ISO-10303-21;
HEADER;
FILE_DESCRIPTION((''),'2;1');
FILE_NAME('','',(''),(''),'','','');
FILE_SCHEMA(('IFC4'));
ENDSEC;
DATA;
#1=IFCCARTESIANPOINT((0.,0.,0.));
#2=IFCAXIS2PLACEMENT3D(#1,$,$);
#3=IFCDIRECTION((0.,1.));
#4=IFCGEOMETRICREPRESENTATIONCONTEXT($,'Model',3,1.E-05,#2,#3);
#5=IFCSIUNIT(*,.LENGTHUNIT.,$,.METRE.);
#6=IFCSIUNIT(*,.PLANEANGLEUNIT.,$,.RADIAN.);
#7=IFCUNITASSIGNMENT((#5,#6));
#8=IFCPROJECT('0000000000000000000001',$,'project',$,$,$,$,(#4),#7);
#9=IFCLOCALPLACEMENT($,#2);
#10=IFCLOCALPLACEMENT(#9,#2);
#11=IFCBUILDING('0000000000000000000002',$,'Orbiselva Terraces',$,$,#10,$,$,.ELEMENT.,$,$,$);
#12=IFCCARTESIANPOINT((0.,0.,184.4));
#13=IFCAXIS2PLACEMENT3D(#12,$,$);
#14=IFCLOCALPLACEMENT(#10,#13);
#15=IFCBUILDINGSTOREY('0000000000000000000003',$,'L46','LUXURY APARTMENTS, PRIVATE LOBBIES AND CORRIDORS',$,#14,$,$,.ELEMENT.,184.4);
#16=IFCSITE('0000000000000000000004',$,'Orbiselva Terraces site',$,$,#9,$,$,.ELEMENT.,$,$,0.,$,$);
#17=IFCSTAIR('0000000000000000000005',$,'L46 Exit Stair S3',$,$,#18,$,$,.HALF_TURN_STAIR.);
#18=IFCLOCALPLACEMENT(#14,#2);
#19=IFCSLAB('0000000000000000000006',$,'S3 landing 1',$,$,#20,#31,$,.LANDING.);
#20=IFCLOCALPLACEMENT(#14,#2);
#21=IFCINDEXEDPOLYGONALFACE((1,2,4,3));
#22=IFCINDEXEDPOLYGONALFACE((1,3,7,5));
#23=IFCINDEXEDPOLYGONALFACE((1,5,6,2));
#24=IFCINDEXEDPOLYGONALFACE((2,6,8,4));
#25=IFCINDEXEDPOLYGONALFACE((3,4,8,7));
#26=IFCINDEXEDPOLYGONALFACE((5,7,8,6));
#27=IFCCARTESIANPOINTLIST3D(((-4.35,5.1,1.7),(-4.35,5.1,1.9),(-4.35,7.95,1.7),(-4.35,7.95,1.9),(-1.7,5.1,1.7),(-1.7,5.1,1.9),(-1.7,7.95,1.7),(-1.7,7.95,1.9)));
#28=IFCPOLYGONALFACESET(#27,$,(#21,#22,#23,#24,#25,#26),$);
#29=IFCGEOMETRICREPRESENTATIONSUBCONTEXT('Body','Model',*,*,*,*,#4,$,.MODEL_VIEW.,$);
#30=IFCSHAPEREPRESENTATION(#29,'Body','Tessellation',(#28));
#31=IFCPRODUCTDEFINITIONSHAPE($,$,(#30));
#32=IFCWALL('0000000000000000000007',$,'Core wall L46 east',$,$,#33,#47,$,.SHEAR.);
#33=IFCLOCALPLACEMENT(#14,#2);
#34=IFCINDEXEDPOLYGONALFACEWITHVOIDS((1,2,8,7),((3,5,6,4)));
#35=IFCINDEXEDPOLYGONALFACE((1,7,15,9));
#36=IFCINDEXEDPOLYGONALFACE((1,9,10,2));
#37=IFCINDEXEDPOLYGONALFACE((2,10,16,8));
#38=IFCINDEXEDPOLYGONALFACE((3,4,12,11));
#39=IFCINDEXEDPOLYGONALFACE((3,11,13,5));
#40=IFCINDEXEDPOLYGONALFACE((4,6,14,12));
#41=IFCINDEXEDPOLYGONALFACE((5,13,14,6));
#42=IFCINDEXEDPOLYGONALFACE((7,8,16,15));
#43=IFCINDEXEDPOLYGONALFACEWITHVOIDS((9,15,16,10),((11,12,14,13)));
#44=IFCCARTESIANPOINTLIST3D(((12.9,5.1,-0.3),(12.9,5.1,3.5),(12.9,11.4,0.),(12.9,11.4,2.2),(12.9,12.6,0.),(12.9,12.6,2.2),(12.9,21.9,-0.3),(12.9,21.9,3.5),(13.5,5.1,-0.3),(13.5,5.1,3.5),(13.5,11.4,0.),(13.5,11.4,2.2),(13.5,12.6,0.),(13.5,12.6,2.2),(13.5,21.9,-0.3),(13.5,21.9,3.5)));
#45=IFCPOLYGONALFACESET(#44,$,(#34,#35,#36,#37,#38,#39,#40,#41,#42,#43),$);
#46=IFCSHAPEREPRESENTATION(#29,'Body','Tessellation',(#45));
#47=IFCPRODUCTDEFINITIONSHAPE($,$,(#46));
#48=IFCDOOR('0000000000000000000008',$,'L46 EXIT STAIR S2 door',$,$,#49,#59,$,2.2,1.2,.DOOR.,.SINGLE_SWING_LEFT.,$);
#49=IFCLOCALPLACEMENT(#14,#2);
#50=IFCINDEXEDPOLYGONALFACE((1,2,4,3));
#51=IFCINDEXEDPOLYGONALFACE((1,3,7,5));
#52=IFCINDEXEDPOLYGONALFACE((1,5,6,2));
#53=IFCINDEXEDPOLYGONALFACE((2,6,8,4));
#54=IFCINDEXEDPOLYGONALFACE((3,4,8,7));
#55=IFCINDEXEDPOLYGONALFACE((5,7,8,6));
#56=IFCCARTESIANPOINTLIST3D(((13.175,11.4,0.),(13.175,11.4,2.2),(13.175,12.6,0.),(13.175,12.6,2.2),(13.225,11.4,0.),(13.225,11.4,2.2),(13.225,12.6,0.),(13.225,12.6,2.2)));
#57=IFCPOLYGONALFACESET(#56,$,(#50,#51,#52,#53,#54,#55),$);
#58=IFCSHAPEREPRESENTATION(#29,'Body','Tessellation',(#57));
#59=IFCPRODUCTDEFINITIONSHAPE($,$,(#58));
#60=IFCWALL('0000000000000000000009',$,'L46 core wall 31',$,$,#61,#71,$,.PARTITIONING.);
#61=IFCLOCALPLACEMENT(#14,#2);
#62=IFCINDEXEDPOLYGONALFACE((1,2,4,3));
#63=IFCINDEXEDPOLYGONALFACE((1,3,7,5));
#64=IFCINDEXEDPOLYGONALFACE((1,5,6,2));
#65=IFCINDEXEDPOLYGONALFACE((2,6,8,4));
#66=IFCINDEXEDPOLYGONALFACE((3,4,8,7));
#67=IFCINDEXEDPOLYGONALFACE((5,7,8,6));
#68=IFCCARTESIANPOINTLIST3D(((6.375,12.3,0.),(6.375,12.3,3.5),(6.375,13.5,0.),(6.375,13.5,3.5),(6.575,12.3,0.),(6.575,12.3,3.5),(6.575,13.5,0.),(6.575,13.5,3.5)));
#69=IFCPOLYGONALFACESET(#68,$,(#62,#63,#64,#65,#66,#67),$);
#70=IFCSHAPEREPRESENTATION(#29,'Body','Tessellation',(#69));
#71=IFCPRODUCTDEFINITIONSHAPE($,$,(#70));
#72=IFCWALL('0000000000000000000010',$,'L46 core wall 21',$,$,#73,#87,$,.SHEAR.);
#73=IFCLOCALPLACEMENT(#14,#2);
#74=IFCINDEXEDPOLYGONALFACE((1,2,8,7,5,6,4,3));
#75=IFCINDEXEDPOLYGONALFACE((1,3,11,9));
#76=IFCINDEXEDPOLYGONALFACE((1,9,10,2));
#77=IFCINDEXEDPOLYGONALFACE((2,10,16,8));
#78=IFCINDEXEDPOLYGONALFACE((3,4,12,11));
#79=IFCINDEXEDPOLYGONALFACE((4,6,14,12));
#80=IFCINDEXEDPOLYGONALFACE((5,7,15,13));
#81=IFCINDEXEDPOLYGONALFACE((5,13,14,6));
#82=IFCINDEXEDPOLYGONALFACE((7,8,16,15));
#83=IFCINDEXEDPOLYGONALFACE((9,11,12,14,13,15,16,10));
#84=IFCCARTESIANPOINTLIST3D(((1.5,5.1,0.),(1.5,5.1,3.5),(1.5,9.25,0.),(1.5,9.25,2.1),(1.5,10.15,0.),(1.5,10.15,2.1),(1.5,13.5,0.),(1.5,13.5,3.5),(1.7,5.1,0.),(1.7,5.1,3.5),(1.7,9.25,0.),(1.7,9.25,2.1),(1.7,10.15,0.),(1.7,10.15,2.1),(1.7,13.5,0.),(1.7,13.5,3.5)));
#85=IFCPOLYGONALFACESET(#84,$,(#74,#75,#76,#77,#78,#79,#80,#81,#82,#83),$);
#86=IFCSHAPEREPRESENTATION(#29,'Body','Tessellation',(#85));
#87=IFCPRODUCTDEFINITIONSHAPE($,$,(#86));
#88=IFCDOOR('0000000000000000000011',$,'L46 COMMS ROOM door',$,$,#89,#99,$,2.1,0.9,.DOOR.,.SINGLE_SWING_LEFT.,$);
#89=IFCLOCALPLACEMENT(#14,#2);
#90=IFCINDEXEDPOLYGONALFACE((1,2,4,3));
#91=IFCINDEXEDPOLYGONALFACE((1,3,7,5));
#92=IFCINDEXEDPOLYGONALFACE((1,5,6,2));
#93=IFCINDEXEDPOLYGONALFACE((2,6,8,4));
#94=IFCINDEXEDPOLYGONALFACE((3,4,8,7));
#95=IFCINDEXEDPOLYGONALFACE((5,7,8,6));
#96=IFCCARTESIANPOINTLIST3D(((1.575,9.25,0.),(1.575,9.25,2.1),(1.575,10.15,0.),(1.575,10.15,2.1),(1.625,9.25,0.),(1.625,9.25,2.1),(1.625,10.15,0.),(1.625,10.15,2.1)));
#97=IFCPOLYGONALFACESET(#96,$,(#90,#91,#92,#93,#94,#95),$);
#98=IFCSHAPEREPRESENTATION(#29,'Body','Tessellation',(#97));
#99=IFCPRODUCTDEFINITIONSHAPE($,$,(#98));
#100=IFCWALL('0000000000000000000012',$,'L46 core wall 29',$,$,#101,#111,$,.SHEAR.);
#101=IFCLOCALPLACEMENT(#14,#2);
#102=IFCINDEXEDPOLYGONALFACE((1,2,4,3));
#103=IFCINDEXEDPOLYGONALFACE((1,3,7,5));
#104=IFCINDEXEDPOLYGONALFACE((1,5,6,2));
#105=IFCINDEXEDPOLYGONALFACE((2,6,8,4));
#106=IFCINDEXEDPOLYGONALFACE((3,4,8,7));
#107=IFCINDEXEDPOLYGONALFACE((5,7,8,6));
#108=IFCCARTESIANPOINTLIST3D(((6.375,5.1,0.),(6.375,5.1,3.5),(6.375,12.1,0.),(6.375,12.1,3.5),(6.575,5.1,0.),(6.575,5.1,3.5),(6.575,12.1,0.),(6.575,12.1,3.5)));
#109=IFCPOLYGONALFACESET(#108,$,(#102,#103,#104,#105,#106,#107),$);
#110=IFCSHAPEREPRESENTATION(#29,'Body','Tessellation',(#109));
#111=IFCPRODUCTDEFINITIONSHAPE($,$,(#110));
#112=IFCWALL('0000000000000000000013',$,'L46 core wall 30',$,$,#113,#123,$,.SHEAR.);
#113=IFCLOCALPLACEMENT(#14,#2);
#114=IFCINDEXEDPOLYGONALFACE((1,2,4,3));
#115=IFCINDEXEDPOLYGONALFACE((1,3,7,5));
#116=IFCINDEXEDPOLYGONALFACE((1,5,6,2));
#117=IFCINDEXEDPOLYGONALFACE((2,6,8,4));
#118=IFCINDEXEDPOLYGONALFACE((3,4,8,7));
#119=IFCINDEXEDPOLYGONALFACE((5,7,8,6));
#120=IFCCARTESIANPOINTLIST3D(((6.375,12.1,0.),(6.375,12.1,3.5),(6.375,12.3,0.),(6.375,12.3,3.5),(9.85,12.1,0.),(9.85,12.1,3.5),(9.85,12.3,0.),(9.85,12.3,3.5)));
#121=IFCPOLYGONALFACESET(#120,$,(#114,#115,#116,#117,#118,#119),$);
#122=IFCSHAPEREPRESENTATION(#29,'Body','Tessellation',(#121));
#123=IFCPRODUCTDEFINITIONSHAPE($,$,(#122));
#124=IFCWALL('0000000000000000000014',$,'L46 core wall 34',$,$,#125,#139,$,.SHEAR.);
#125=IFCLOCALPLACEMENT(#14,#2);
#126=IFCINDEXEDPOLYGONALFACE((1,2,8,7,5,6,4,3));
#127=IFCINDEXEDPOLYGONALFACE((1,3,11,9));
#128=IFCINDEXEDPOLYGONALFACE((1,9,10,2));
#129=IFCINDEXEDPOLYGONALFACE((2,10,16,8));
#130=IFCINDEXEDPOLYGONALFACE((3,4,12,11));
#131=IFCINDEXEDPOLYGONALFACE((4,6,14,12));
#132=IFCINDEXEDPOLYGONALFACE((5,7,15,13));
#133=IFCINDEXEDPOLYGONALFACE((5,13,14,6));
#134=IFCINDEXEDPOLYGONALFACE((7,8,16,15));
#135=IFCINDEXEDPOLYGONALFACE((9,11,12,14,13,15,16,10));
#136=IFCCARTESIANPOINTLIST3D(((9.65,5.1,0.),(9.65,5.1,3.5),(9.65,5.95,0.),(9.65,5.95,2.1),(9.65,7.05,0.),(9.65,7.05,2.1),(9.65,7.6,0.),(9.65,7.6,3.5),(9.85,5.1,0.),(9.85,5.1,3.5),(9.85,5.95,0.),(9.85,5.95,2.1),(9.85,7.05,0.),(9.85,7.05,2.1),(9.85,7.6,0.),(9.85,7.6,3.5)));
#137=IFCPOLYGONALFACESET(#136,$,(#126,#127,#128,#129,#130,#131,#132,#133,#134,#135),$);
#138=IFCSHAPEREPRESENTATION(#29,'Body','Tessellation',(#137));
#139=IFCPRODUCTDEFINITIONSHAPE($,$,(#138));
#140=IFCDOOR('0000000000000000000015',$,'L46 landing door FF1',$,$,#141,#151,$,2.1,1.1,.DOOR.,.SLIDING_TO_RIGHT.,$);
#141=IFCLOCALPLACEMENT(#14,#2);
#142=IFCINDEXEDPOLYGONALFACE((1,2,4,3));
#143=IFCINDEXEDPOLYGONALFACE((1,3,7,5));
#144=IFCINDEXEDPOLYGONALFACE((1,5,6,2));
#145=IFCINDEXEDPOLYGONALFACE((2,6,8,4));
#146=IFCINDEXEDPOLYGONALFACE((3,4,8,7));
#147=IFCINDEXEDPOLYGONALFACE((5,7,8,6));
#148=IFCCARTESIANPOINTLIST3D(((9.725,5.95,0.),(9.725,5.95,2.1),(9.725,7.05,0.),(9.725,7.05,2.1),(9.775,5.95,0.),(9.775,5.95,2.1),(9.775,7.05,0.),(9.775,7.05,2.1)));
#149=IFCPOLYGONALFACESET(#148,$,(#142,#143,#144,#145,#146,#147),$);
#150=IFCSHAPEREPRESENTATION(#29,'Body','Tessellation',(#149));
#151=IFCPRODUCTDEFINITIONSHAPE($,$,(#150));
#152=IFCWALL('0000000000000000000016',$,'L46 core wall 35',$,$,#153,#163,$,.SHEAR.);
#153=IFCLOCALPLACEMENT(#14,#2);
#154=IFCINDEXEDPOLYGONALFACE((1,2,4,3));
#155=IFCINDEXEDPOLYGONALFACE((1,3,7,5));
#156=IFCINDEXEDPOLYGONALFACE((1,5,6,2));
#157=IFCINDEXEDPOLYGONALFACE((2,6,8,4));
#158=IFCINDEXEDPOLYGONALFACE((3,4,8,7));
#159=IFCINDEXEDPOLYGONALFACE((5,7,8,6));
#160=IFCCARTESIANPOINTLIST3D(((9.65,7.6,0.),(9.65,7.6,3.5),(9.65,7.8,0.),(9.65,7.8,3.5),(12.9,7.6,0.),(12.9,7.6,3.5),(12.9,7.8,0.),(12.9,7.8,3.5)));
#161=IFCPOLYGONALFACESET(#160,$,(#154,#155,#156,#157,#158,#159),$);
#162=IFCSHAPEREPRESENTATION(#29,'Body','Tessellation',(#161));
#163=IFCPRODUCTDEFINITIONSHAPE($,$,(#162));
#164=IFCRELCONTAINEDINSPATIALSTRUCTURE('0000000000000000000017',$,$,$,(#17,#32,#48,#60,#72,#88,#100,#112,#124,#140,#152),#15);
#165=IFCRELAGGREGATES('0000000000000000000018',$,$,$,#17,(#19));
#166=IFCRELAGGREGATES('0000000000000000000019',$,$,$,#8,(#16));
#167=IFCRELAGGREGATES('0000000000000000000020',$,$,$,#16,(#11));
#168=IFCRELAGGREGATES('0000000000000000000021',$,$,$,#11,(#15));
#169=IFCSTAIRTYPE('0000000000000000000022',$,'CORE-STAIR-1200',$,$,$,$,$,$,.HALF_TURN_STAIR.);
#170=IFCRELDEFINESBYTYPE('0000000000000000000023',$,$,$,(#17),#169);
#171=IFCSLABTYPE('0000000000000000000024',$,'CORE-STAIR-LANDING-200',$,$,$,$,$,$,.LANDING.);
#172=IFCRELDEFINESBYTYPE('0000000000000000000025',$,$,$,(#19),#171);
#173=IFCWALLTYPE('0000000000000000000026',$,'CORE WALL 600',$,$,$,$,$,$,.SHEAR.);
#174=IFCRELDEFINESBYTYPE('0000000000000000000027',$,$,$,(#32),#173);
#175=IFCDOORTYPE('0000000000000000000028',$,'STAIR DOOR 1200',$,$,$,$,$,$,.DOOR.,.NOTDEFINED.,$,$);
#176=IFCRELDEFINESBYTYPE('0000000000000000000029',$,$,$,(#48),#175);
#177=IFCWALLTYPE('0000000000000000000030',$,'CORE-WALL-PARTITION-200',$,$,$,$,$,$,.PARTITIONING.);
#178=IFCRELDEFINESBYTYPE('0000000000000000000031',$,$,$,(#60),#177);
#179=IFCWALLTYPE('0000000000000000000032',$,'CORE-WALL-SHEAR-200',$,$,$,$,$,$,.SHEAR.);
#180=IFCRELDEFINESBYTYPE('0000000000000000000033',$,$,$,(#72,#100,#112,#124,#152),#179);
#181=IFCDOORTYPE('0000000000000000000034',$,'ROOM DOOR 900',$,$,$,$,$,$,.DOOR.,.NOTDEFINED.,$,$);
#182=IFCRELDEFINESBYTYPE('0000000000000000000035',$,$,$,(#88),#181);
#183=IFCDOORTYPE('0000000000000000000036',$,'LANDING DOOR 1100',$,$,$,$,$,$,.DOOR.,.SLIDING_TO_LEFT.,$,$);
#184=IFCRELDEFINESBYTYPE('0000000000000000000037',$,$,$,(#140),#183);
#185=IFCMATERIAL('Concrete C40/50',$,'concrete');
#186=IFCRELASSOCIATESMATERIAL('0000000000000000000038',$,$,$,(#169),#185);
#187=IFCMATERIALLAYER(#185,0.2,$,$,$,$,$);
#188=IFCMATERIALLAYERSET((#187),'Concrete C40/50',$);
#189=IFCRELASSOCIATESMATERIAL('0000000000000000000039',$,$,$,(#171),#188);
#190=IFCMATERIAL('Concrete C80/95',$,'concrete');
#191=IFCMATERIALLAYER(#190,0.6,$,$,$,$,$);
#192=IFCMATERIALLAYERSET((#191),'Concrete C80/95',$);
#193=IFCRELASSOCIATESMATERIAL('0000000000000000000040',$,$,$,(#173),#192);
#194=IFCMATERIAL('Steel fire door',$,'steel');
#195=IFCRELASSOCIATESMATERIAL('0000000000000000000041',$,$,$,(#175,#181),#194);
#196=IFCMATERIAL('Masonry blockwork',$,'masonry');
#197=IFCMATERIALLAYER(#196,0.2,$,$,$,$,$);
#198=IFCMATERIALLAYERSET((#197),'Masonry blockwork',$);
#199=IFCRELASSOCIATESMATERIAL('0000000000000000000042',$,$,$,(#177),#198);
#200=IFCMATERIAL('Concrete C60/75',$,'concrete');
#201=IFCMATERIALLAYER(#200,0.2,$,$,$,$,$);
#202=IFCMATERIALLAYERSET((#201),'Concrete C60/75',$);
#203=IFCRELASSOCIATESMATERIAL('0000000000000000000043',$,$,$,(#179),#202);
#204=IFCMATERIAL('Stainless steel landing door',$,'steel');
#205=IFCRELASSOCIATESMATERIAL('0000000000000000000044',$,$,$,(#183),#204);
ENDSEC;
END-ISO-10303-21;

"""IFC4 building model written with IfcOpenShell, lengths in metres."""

from ifc_helpers import new_model, si_unit, direction, frame, frame_2d, origin, place, context, subcontext, project, spatial, polyline, rectangle, outline, extrude, material, layer, layer_set, type_object, element, fill, aggregate, save


model = new_model("IFC4")

# Units and contexts
model_context = context("Model", 3, precision=1e-05, world=origin(), true_north=direction((0.0, 1.0)))
body_context = subcontext(model_context, "Body", "Model", "MODEL_VIEW")
ifc_project = project(units=[si_unit("LENGTHUNIT", "METRE"), si_unit("PLANEANGLEUNIT", "RADIAN")], contexts=[model_context])

# Site, building, storey
site_placement = place(None, origin())
site = spatial("IfcSite", under=ifc_project, at=site_placement, Name="Orbiselva Terraces site", CompositionType="ELEMENT", RefElevation=0.0)
building_placement = place(site_placement, origin())
building = spatial("IfcBuilding", under=site, at=building_placement, Name="Orbiselva Terraces", CompositionType="ELEMENT")
storey_placement = place(building_placement, frame((0.0, 0.0, 184.4)))
storey = spatial("IfcBuildingStorey", under=building, at=storey_placement, Name="L46", Description="LUXURY APARTMENTS, PRIVATE LOBBIES AND CORRIDORS", CompositionType="ELEMENT", Elevation=184.4)

# Stair, slab
ifc_material_1 = material(Name="Concrete C40/50", Category="concrete")
stair_type_1 = type_object("IfcStairType", Name="CORE-STAIR-1200", PredefinedType="HALF_TURN_STAIR", material=ifc_material_1)
stair_1_placement = place(storey_placement, origin())
stair_1 = element("IfcStair", 1, at=stair_1_placement, inside=storey, type_object=stair_type_1, Name="L46 Exit Stair S3", PredefinedType="HALF_TURN_STAIR")
ifc_layer_1 = layer(ifc_material_1, 0.2)
ifc_layer_set_1 = layer_set([ifc_layer_1], Name="Concrete C40/50")
slab_type = type_object("IfcSlabType", Name="CORE-STAIR-LANDING-200", PredefinedType="LANDING", material=ifc_layer_set_1)
slab_placement = place(storey_placement, frame((0.0, 0.0, 1.7)))
slab = element("IfcSlab", 2, at=slab_placement, type_object=slab_type, Name="S3 landing 1", PredefinedType="LANDING", context=body_context, shape_type="SweptSolid", body=[
    extrude(outline(polyline([(-4.35, 5.1), (-1.7, 5.1), (-1.7, 7.95), (-4.35, 7.95), (-4.35, 5.1)])), origin(), (0.0, 0.0, 1.0), 0.2),
])
aggregate(stair_1, [slab])

# Wall, opening, door
ifc_material_2 = material(Name="Concrete C80/95", Category="concrete")
ifc_layer_2 = layer(ifc_material_2, 0.6)
ifc_layer_set_2 = layer_set([ifc_layer_2], Name="Concrete C80/95")
wall_type_1 = type_object("IfcWallType", Name="CORE WALL 600", PredefinedType="SHEAR", material=ifc_layer_set_2)
wall_1_placement = place(storey_placement, frame((13.2, 5.1, -0.3), z_axis=(0.0, 0.0, 1.0), x_axis=(0.0, 1.0, 0.0)))
wall_1 = element("IfcWall", 3, at=wall_1_placement, inside=storey, type_object=wall_type_1, Name="Core wall L46 east", PredefinedType="SHEAR", context=body_context, shape_type="SweptSolid", body=[
    extrude(rectangle(XDim=16.8, YDim=0.6, at=frame_2d((8.4, 0.0))), origin(), (0.0, 0.0, 1.0), 3.8),
])
opening_1_placement = place(wall_1_placement, frame((6.3, 0.0, 0.3)))
opening_1 = element("IfcOpeningElement", 4, at=opening_1_placement, cuts=wall_1, PredefinedType="OPENING", context=body_context, shape_type="SweptSolid", body=[
    extrude(rectangle(XDim=1.2, YDim=2.2, at=frame_2d((0.6, 1.1))), frame((0.0, 0.31, 0.0), z_axis=(0.0, -1.0, 0.0), x_axis=(1.0, 0.0, 0.0)), (0.0, 0.0, 1.0), 0.62),
])
ifc_material_3 = material(Name="Steel fire door", Category="steel")
door_type_1 = type_object("IfcDoorType", Name="STAIR DOOR 1200", OperationType="NOTDEFINED", PredefinedType="DOOR", material=ifc_material_3)
door_1_placement = place(opening_1_placement, frame((1.2, 0.0, 0.0), z_axis=(0.0, 0.0, 1.0), x_axis=(-1.0, 0.0, 0.0)))
door_1 = element("IfcDoor", 5, at=door_1_placement, inside=storey, type_object=door_type_1, Name="L46 EXIT STAIR S2 door", OperationType="SINGLE_SWING_LEFT", OverallHeight=2.2, OverallWidth=1.2, PredefinedType="DOOR", context=body_context, shape_type="SweptSolid", body=[
    extrude(rectangle(XDim=1.2, YDim=2.2, at=frame_2d((0.6, 1.1))), frame((0.0, 0.025, 0.0), z_axis=(0.0, -1.0, 0.0), x_axis=(1.0, 0.0, 0.0)), (0.0, 0.0, 1.0), 0.05),
])
fill(opening_1, door_1)

# Wall
ifc_material_4 = material(Name="Masonry blockwork", Category="masonry")
ifc_layer_3 = layer(ifc_material_4, 0.2)
ifc_layer_set_3 = layer_set([ifc_layer_3], Name="Masonry blockwork")
wall_type_2 = type_object("IfcWallType", Name="CORE-WALL-PARTITION-200", PredefinedType="PARTITIONING", material=ifc_layer_set_3)
wall_2_placement = place(storey_placement, frame((6.475, 12.3, 0.0), z_axis=(0.0, 0.0, 1.0), x_axis=(0.0, 1.0, 0.0)))
element("IfcWall", 6, at=wall_2_placement, inside=storey, type_object=wall_type_2, Name="L46 core wall 31", PredefinedType="PARTITIONING", context=body_context, shape_type="SweptSolid", body=[
    extrude(rectangle(XDim=1.2, YDim=0.2, at=frame_2d((0.6, 0.0))), origin(), (0.0, 0.0, 1.0), 3.5),
])

# Wall, opening, door
ifc_material_5 = material(Name="Concrete C60/75", Category="concrete")
ifc_layer_4 = layer(ifc_material_5, 0.2)
ifc_layer_set_4 = layer_set([ifc_layer_4], Name="Concrete C60/75")
wall_type_3 = type_object("IfcWallType", Name="CORE-WALL-SHEAR-200", PredefinedType="SHEAR", material=ifc_layer_set_4)
wall_3_placement = place(storey_placement, frame((1.6, 13.5, 0.0), z_axis=(0.0, 0.0, 1.0), x_axis=(0.0, -1.0, 0.0)))
wall_3 = element("IfcWall", 7, at=wall_3_placement, inside=storey, type_object=wall_type_3, Name="L46 core wall 21", PredefinedType="SHEAR", context=body_context, shape_type="SweptSolid", body=[
    extrude(rectangle(XDim=8.4, YDim=0.2, at=frame_2d((4.2, 0.0))), origin(), (0.0, 0.0, 1.0), 3.5),
])
opening_2_placement = place(wall_3_placement, frame((3.35, 0.0, 0.0)))
opening_2 = element("IfcOpeningElement", 8, at=opening_2_placement, cuts=wall_3, PredefinedType="OPENING", context=body_context, shape_type="SweptSolid", body=[
    extrude(rectangle(XDim=0.9, YDim=2.1, at=frame_2d((0.45, 1.05))), frame((0.0, 0.11, 0.0), z_axis=(0.0, -1.0, 0.0), x_axis=(1.0, 0.0, 0.0)), (0.0, 0.0, 1.0), 0.22),
])
door_type_2 = type_object("IfcDoorType", Name="ROOM DOOR 900", OperationType="NOTDEFINED", PredefinedType="DOOR", material=ifc_material_3)
door_2_placement = place(opening_2_placement, origin())
door_2 = element("IfcDoor", 9, at=door_2_placement, inside=storey, type_object=door_type_2, Name="L46 COMMS ROOM door", OperationType="SINGLE_SWING_LEFT", OverallHeight=2.1, OverallWidth=0.9, PredefinedType="DOOR", context=body_context, shape_type="SweptSolid", body=[
    extrude(rectangle(XDim=0.9, YDim=2.1, at=frame_2d((0.45, 1.05))), frame((0.0, 0.025, 0.0), z_axis=(0.0, -1.0, 0.0), x_axis=(1.0, 0.0, 0.0)), (0.0, 0.0, 1.0), 0.05),
])
fill(opening_2, door_2)

# Walls
wall_4_placement = place(storey_placement, frame((6.475, 5.1, 0.0), z_axis=(0.0, 0.0, 1.0), x_axis=(0.0, 1.0, 0.0)))
element("IfcWall", 10, at=wall_4_placement, inside=storey, type_object=wall_type_3, Name="L46 core wall 29", PredefinedType="SHEAR", context=body_context, shape_type="SweptSolid", body=[
    extrude(rectangle(XDim=7.0, YDim=0.2, at=frame_2d((3.5, 0.0))), origin(), (0.0, 0.0, 1.0), 3.5),
])
wall_5_placement = place(storey_placement, frame((6.375, 12.2, 0.0), z_axis=(0.0, 0.0, 1.0), x_axis=(1.0, 0.0, 0.0)))
element("IfcWall", 11, at=wall_5_placement, inside=storey, type_object=wall_type_3, Name="L46 core wall 30", PredefinedType="SHEAR", context=body_context, shape_type="SweptSolid", body=[
    extrude(rectangle(XDim=3.475, YDim=0.2, at=frame_2d((1.7375, 0.0))), origin(), (0.0, 0.0, 1.0), 3.5),
])

# Wall, opening, door
wall_6_placement = place(storey_placement, frame((9.75, 5.1, 0.0), z_axis=(0.0, 0.0, 1.0), x_axis=(0.0, 1.0, 0.0)))
wall_6 = element("IfcWall", 12, at=wall_6_placement, inside=storey, type_object=wall_type_3, Name="L46 core wall 34", PredefinedType="SHEAR", context=body_context, shape_type="SweptSolid", body=[
    extrude(rectangle(XDim=2.5, YDim=0.2, at=frame_2d((1.25, 0.0))), origin(), (0.0, 0.0, 1.0), 3.5),
])
opening_3_placement = place(wall_6_placement, frame((0.85, 0.0, 0.0)))
opening_3 = element("IfcOpeningElement", 13, at=opening_3_placement, cuts=wall_6, PredefinedType="OPENING", context=body_context, shape_type="SweptSolid", body=[
    extrude(rectangle(XDim=1.1, YDim=2.1, at=frame_2d((0.55, 1.05))), frame((0.0, 0.11, 0.0), z_axis=(0.0, -1.0, 0.0), x_axis=(1.0, 0.0, 0.0)), (0.0, 0.0, 1.0), 0.22),
])
ifc_material_6 = material(Name="Stainless steel landing door", Category="steel")
door_type_3 = type_object("IfcDoorType", Name="LANDING DOOR 1100", OperationType="SLIDING_TO_LEFT", PredefinedType="DOOR", material=ifc_material_6)
door_3_placement = place(opening_3_placement, origin())
door_3 = element("IfcDoor", 14, at=door_3_placement, inside=storey, type_object=door_type_3, Name="L46 landing door FF1", OperationType="SLIDING_TO_RIGHT", OverallHeight=2.1, OverallWidth=1.1, PredefinedType="DOOR", context=body_context, shape_type="SweptSolid", body=[
    extrude(rectangle(XDim=1.1, YDim=2.1, at=frame_2d((0.55, 1.05))), frame((0.0, 0.025, 0.0), z_axis=(0.0, -1.0, 0.0), x_axis=(1.0, 0.0, 0.0)), (0.0, 0.0, 1.0), 0.05),
])
fill(opening_3, door_3)

# Wall
wall_7_placement = place(storey_placement, frame((9.65, 7.7, 0.0), z_axis=(0.0, 0.0, 1.0), x_axis=(1.0, 0.0, 0.0)))
element("IfcWall", 15, at=wall_7_placement, inside=storey, type_object=wall_type_3, Name="L46 core wall 35", PredefinedType="SHEAR", context=body_context, shape_type="SweptSolid", body=[
    extrude(rectangle(XDim=3.25, YDim=0.2, at=frame_2d((1.625, 0.0))), origin(), (0.0, 0.0, 1.0), 3.5),
])

save(model, "model.ifc")
